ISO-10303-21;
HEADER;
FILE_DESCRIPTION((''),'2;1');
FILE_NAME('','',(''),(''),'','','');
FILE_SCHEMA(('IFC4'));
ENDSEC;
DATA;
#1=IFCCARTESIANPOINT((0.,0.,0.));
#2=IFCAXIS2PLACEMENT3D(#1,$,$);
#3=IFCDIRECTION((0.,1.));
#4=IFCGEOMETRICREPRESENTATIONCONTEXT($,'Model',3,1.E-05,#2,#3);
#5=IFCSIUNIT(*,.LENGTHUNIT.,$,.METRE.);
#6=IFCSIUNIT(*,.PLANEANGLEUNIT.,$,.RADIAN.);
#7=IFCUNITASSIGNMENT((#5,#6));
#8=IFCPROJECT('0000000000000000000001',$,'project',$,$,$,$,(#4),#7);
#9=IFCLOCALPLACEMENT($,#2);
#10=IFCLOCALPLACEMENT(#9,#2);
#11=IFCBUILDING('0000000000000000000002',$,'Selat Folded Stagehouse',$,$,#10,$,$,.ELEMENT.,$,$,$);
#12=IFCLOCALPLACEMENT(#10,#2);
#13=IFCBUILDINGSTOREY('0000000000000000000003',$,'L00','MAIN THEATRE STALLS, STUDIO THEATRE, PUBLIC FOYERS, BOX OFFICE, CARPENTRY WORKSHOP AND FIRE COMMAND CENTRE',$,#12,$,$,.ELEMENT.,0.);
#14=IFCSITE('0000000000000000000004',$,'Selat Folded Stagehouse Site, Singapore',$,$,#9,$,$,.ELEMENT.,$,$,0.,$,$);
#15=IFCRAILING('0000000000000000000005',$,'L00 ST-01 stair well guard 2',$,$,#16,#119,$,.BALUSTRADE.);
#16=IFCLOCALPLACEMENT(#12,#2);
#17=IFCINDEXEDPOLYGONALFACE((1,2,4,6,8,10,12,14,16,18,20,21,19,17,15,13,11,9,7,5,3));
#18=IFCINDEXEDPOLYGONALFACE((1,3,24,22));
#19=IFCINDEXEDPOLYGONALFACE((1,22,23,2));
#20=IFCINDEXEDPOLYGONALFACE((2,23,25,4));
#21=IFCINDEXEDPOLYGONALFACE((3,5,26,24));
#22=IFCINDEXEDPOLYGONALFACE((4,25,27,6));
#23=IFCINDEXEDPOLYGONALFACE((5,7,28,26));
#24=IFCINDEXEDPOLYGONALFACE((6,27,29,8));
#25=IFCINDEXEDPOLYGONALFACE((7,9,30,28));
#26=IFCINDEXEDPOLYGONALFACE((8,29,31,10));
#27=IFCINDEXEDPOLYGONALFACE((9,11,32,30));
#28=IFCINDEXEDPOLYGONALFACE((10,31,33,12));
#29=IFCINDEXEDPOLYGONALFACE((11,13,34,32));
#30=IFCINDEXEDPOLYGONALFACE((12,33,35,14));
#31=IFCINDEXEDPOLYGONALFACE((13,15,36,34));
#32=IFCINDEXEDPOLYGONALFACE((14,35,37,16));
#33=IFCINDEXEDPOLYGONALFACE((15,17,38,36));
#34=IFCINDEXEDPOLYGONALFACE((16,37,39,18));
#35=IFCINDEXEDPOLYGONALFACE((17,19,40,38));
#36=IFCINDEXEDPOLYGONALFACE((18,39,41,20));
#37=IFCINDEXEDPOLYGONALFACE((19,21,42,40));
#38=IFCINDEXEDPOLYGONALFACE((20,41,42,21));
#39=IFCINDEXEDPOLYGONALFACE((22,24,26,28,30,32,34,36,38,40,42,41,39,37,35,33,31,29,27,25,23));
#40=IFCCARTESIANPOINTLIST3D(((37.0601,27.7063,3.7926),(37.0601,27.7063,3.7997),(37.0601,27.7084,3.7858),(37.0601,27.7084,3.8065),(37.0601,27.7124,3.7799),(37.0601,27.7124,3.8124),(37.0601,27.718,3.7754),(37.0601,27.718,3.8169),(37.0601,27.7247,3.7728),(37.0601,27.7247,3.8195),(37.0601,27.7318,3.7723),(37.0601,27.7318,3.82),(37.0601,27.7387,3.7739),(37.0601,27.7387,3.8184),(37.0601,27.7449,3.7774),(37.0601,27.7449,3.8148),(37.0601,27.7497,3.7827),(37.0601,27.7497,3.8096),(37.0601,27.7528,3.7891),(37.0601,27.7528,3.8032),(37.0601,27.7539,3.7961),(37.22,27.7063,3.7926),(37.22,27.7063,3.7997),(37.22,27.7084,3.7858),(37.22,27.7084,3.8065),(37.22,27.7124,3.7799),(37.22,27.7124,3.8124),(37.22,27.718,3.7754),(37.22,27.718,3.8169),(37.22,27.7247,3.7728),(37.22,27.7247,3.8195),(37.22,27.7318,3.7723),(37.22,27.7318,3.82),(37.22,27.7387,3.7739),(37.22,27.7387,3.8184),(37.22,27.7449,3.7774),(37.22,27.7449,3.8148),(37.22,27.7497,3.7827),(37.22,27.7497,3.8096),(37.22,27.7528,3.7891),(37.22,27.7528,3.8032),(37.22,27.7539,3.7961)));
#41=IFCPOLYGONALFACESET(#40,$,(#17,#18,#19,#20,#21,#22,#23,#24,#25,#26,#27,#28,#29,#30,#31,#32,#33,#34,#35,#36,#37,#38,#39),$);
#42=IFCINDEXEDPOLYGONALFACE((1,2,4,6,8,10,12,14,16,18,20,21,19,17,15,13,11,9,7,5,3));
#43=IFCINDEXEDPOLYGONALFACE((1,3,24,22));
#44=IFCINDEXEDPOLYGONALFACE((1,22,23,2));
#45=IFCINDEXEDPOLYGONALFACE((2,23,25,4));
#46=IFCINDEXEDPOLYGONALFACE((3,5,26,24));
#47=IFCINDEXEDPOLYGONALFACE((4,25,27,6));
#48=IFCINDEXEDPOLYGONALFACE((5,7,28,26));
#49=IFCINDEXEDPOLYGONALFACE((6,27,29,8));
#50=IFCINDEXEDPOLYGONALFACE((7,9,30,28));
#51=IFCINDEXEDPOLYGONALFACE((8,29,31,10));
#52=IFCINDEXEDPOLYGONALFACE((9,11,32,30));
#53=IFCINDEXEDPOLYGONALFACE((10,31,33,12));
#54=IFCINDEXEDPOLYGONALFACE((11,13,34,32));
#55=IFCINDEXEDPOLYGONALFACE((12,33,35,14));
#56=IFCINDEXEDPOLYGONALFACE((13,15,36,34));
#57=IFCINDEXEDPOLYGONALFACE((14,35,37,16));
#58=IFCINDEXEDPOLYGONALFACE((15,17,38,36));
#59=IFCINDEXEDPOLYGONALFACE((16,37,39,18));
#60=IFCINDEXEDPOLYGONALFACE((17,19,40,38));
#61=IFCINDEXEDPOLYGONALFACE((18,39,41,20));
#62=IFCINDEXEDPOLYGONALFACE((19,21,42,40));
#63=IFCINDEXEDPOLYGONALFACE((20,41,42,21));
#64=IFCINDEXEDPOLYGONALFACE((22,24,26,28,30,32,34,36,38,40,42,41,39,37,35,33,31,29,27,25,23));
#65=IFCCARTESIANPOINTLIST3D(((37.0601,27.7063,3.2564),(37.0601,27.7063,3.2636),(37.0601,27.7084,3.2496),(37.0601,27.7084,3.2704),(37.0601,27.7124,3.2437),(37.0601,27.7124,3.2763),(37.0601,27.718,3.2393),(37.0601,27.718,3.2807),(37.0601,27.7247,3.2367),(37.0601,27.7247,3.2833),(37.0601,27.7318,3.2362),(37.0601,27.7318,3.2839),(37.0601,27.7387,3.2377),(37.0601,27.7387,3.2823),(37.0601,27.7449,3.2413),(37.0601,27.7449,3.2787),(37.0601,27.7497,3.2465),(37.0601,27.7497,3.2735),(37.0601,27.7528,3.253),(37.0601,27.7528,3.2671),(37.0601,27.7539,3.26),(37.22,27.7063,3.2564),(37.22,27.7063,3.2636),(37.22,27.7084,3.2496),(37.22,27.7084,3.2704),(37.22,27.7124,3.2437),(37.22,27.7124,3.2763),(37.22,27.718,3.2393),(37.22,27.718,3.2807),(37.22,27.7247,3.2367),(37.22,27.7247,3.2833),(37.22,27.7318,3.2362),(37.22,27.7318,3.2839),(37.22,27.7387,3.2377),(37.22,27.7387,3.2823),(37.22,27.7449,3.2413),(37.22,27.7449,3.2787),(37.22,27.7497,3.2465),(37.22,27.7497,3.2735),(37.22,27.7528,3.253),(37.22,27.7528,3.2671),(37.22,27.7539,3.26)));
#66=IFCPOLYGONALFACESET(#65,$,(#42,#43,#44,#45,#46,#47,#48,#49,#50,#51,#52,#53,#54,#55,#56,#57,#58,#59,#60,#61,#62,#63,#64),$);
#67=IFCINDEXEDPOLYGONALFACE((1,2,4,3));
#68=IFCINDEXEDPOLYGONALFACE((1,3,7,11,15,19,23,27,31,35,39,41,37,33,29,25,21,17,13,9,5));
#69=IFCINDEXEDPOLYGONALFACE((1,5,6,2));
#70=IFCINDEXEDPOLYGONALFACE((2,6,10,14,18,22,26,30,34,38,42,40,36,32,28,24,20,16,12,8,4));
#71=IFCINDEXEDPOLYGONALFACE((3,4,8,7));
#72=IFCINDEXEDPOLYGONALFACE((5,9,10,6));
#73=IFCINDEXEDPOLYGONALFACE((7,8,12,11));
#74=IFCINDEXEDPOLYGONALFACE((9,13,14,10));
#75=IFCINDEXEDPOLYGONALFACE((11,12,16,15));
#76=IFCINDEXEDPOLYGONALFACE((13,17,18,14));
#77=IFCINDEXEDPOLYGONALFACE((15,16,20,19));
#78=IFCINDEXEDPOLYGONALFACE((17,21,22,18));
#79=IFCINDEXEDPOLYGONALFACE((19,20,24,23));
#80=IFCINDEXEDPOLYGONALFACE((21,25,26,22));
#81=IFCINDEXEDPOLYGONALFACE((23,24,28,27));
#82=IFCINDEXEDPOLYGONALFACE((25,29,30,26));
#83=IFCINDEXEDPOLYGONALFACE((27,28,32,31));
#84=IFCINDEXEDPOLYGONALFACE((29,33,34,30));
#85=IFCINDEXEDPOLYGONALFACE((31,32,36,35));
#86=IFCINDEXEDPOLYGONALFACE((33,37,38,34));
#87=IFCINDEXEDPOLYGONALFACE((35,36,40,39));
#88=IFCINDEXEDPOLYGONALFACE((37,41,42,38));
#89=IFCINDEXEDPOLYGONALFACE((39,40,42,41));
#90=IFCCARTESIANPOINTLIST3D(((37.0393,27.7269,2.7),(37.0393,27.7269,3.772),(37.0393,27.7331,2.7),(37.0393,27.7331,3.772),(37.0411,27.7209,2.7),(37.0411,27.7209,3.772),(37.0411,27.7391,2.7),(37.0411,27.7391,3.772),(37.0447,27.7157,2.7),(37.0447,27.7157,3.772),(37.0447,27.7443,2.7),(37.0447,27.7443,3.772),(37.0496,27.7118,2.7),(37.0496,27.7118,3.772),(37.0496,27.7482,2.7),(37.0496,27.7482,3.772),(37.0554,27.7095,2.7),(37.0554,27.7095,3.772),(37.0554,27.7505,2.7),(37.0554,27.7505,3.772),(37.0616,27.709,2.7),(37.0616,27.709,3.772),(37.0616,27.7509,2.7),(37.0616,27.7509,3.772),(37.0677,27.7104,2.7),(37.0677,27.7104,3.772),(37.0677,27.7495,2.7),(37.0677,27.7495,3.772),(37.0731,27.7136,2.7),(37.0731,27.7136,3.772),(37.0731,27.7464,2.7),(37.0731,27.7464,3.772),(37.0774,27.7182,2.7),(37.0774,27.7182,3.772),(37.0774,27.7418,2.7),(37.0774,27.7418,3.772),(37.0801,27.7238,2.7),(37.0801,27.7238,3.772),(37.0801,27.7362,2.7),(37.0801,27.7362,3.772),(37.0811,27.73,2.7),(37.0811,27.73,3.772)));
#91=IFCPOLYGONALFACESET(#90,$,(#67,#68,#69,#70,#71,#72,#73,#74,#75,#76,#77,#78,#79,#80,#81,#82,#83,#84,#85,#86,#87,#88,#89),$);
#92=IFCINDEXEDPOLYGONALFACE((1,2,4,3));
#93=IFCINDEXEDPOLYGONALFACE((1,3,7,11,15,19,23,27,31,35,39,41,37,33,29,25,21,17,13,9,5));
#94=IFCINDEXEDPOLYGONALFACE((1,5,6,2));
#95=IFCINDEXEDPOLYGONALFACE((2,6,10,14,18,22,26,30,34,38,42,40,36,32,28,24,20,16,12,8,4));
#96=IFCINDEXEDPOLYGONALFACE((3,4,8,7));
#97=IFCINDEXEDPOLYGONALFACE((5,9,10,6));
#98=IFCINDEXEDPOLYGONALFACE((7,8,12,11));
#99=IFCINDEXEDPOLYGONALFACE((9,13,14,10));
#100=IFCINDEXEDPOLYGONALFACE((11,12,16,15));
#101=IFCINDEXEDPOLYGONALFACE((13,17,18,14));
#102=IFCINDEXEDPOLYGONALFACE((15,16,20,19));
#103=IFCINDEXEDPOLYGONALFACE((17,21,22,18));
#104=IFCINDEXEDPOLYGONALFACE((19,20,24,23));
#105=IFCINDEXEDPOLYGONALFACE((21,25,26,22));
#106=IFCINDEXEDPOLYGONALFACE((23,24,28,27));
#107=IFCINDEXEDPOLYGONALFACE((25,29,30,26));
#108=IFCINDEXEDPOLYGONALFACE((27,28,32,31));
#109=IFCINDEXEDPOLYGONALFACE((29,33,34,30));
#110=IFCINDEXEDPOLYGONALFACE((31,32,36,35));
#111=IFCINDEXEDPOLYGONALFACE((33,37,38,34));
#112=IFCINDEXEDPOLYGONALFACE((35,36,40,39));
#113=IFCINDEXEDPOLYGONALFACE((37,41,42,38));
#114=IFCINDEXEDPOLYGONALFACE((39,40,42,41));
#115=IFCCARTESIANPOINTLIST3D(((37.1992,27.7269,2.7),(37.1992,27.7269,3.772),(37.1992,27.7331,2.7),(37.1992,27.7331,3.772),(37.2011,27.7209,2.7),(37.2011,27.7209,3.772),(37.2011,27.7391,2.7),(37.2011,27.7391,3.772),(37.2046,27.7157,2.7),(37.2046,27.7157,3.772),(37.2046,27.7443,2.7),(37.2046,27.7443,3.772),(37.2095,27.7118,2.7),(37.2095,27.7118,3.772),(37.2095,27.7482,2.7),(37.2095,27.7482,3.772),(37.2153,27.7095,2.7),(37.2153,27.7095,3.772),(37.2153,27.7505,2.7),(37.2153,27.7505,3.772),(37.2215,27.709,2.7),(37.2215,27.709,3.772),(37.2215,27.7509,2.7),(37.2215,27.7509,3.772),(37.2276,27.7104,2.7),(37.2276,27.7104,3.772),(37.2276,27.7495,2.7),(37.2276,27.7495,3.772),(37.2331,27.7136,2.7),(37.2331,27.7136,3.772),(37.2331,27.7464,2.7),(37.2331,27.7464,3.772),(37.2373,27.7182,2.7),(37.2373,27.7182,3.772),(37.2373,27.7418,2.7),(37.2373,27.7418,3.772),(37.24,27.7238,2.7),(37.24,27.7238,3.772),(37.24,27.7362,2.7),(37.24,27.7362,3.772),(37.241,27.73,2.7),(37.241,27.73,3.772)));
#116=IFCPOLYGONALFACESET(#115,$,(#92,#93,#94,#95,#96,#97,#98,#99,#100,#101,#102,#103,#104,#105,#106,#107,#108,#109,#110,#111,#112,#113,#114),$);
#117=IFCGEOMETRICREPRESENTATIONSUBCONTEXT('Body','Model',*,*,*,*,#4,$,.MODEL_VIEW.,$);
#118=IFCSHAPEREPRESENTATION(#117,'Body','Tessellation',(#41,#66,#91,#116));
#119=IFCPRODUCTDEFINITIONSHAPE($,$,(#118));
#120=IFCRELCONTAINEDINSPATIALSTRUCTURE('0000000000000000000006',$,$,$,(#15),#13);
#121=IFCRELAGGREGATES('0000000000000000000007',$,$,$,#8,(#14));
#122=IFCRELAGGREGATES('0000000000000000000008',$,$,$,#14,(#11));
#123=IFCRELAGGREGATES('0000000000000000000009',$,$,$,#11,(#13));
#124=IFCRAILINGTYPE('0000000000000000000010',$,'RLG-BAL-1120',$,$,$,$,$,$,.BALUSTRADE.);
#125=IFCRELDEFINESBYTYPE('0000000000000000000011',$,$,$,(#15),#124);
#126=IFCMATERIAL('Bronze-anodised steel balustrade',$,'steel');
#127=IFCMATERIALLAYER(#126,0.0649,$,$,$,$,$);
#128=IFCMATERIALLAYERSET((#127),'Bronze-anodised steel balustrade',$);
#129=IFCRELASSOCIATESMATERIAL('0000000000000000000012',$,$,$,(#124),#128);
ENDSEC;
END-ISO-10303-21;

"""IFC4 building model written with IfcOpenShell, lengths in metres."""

from ifc_helpers import new_model, si_unit, direction, frame, origin, origin_2d, place, context, subcontext, project, spatial, circle, extrude, material, layer, layer_set, type_object, element, save


model = new_model("IFC4")

# Units and contexts
model_context = context("Model", 3, precision=1e-05, world=origin(), true_north=direction((0.0, 1.0)))
body_context = subcontext(model_context, "Body", "Model", "MODEL_VIEW")
ifc_project = project(units=[si_unit("LENGTHUNIT", "METRE"), si_unit("PLANEANGLEUNIT", "RADIAN")], contexts=[model_context])

# Site, building, storey
site_placement = place(None, origin())
site = spatial("IfcSite", under=ifc_project, at=site_placement, Name="Selat Folded Stagehouse Site, Singapore", CompositionType="ELEMENT", RefElevation=0.0)
building_placement = place(site_placement, origin())
building = spatial("IfcBuilding", under=site, at=building_placement, Name="Selat Folded Stagehouse", CompositionType="ELEMENT")
storey_placement = place(building_placement, origin())
storey = spatial("IfcBuildingStorey", under=building, at=storey_placement, Name="L00", Description="MAIN THEATRE STALLS, STUDIO THEATRE, PUBLIC FOYERS, BOX OFFICE, CARPENTRY WORKSHOP AND FIRE COMMAND CENTRE", CompositionType="ELEMENT", Elevation=0.0)

# Railing
ifc_material_1 = material(Name="Bronze-anodised steel balustrade", Category="steel")
ifc_layer_1 = layer(ifc_material_1, 0.0649)
ifc_layer_set_1 = layer_set([ifc_layer_1], Name="Bronze-anodised steel balustrade")
railing_type_1 = type_object("IfcRailingType", Name="RLG-BAL-1120", PredefinedType="BALUSTRADE", material=ifc_layer_set_1)
railing_1_placement = place(storey_placement, frame((37.0601, 27.73, 2.7)))
element("IfcRailing", 1, at=railing_1_placement, inside=storey, type_object=railing_type_1, Name="L00 ST-01 stair well guard 2", PredefinedType="BALUSTRADE", context=body_context, shape_type="SweptSolid", body=[
    extrude(circle(Radius=0.0239, at=origin_2d()), frame((0.0, 0.0, 1.0962), z_axis=(1.0, 0.0, 0.0), x_axis=(0.0, 1.0, 0.0)), (0.0, 0.0, 1.0), 0.1599),
    extrude(circle(Radius=0.0239, at=origin_2d()), frame((0.0, 0.0, 0.5601), z_axis=(1.0, 0.0, 0.0), x_axis=(0.0, 1.0, 0.0)), (0.0, 0.0, 1.0), 0.1599),
    extrude(circle(Radius=0.021, at=origin_2d()), origin(), (0.0, 0.0, 1.0), 1.072),
    extrude(circle(Radius=0.021, at=origin_2d()), frame((0.1599, 0.0, 0.0)), (0.0, 0.0, 1.0), 1.072),
])

save(model, "model.ifc")
